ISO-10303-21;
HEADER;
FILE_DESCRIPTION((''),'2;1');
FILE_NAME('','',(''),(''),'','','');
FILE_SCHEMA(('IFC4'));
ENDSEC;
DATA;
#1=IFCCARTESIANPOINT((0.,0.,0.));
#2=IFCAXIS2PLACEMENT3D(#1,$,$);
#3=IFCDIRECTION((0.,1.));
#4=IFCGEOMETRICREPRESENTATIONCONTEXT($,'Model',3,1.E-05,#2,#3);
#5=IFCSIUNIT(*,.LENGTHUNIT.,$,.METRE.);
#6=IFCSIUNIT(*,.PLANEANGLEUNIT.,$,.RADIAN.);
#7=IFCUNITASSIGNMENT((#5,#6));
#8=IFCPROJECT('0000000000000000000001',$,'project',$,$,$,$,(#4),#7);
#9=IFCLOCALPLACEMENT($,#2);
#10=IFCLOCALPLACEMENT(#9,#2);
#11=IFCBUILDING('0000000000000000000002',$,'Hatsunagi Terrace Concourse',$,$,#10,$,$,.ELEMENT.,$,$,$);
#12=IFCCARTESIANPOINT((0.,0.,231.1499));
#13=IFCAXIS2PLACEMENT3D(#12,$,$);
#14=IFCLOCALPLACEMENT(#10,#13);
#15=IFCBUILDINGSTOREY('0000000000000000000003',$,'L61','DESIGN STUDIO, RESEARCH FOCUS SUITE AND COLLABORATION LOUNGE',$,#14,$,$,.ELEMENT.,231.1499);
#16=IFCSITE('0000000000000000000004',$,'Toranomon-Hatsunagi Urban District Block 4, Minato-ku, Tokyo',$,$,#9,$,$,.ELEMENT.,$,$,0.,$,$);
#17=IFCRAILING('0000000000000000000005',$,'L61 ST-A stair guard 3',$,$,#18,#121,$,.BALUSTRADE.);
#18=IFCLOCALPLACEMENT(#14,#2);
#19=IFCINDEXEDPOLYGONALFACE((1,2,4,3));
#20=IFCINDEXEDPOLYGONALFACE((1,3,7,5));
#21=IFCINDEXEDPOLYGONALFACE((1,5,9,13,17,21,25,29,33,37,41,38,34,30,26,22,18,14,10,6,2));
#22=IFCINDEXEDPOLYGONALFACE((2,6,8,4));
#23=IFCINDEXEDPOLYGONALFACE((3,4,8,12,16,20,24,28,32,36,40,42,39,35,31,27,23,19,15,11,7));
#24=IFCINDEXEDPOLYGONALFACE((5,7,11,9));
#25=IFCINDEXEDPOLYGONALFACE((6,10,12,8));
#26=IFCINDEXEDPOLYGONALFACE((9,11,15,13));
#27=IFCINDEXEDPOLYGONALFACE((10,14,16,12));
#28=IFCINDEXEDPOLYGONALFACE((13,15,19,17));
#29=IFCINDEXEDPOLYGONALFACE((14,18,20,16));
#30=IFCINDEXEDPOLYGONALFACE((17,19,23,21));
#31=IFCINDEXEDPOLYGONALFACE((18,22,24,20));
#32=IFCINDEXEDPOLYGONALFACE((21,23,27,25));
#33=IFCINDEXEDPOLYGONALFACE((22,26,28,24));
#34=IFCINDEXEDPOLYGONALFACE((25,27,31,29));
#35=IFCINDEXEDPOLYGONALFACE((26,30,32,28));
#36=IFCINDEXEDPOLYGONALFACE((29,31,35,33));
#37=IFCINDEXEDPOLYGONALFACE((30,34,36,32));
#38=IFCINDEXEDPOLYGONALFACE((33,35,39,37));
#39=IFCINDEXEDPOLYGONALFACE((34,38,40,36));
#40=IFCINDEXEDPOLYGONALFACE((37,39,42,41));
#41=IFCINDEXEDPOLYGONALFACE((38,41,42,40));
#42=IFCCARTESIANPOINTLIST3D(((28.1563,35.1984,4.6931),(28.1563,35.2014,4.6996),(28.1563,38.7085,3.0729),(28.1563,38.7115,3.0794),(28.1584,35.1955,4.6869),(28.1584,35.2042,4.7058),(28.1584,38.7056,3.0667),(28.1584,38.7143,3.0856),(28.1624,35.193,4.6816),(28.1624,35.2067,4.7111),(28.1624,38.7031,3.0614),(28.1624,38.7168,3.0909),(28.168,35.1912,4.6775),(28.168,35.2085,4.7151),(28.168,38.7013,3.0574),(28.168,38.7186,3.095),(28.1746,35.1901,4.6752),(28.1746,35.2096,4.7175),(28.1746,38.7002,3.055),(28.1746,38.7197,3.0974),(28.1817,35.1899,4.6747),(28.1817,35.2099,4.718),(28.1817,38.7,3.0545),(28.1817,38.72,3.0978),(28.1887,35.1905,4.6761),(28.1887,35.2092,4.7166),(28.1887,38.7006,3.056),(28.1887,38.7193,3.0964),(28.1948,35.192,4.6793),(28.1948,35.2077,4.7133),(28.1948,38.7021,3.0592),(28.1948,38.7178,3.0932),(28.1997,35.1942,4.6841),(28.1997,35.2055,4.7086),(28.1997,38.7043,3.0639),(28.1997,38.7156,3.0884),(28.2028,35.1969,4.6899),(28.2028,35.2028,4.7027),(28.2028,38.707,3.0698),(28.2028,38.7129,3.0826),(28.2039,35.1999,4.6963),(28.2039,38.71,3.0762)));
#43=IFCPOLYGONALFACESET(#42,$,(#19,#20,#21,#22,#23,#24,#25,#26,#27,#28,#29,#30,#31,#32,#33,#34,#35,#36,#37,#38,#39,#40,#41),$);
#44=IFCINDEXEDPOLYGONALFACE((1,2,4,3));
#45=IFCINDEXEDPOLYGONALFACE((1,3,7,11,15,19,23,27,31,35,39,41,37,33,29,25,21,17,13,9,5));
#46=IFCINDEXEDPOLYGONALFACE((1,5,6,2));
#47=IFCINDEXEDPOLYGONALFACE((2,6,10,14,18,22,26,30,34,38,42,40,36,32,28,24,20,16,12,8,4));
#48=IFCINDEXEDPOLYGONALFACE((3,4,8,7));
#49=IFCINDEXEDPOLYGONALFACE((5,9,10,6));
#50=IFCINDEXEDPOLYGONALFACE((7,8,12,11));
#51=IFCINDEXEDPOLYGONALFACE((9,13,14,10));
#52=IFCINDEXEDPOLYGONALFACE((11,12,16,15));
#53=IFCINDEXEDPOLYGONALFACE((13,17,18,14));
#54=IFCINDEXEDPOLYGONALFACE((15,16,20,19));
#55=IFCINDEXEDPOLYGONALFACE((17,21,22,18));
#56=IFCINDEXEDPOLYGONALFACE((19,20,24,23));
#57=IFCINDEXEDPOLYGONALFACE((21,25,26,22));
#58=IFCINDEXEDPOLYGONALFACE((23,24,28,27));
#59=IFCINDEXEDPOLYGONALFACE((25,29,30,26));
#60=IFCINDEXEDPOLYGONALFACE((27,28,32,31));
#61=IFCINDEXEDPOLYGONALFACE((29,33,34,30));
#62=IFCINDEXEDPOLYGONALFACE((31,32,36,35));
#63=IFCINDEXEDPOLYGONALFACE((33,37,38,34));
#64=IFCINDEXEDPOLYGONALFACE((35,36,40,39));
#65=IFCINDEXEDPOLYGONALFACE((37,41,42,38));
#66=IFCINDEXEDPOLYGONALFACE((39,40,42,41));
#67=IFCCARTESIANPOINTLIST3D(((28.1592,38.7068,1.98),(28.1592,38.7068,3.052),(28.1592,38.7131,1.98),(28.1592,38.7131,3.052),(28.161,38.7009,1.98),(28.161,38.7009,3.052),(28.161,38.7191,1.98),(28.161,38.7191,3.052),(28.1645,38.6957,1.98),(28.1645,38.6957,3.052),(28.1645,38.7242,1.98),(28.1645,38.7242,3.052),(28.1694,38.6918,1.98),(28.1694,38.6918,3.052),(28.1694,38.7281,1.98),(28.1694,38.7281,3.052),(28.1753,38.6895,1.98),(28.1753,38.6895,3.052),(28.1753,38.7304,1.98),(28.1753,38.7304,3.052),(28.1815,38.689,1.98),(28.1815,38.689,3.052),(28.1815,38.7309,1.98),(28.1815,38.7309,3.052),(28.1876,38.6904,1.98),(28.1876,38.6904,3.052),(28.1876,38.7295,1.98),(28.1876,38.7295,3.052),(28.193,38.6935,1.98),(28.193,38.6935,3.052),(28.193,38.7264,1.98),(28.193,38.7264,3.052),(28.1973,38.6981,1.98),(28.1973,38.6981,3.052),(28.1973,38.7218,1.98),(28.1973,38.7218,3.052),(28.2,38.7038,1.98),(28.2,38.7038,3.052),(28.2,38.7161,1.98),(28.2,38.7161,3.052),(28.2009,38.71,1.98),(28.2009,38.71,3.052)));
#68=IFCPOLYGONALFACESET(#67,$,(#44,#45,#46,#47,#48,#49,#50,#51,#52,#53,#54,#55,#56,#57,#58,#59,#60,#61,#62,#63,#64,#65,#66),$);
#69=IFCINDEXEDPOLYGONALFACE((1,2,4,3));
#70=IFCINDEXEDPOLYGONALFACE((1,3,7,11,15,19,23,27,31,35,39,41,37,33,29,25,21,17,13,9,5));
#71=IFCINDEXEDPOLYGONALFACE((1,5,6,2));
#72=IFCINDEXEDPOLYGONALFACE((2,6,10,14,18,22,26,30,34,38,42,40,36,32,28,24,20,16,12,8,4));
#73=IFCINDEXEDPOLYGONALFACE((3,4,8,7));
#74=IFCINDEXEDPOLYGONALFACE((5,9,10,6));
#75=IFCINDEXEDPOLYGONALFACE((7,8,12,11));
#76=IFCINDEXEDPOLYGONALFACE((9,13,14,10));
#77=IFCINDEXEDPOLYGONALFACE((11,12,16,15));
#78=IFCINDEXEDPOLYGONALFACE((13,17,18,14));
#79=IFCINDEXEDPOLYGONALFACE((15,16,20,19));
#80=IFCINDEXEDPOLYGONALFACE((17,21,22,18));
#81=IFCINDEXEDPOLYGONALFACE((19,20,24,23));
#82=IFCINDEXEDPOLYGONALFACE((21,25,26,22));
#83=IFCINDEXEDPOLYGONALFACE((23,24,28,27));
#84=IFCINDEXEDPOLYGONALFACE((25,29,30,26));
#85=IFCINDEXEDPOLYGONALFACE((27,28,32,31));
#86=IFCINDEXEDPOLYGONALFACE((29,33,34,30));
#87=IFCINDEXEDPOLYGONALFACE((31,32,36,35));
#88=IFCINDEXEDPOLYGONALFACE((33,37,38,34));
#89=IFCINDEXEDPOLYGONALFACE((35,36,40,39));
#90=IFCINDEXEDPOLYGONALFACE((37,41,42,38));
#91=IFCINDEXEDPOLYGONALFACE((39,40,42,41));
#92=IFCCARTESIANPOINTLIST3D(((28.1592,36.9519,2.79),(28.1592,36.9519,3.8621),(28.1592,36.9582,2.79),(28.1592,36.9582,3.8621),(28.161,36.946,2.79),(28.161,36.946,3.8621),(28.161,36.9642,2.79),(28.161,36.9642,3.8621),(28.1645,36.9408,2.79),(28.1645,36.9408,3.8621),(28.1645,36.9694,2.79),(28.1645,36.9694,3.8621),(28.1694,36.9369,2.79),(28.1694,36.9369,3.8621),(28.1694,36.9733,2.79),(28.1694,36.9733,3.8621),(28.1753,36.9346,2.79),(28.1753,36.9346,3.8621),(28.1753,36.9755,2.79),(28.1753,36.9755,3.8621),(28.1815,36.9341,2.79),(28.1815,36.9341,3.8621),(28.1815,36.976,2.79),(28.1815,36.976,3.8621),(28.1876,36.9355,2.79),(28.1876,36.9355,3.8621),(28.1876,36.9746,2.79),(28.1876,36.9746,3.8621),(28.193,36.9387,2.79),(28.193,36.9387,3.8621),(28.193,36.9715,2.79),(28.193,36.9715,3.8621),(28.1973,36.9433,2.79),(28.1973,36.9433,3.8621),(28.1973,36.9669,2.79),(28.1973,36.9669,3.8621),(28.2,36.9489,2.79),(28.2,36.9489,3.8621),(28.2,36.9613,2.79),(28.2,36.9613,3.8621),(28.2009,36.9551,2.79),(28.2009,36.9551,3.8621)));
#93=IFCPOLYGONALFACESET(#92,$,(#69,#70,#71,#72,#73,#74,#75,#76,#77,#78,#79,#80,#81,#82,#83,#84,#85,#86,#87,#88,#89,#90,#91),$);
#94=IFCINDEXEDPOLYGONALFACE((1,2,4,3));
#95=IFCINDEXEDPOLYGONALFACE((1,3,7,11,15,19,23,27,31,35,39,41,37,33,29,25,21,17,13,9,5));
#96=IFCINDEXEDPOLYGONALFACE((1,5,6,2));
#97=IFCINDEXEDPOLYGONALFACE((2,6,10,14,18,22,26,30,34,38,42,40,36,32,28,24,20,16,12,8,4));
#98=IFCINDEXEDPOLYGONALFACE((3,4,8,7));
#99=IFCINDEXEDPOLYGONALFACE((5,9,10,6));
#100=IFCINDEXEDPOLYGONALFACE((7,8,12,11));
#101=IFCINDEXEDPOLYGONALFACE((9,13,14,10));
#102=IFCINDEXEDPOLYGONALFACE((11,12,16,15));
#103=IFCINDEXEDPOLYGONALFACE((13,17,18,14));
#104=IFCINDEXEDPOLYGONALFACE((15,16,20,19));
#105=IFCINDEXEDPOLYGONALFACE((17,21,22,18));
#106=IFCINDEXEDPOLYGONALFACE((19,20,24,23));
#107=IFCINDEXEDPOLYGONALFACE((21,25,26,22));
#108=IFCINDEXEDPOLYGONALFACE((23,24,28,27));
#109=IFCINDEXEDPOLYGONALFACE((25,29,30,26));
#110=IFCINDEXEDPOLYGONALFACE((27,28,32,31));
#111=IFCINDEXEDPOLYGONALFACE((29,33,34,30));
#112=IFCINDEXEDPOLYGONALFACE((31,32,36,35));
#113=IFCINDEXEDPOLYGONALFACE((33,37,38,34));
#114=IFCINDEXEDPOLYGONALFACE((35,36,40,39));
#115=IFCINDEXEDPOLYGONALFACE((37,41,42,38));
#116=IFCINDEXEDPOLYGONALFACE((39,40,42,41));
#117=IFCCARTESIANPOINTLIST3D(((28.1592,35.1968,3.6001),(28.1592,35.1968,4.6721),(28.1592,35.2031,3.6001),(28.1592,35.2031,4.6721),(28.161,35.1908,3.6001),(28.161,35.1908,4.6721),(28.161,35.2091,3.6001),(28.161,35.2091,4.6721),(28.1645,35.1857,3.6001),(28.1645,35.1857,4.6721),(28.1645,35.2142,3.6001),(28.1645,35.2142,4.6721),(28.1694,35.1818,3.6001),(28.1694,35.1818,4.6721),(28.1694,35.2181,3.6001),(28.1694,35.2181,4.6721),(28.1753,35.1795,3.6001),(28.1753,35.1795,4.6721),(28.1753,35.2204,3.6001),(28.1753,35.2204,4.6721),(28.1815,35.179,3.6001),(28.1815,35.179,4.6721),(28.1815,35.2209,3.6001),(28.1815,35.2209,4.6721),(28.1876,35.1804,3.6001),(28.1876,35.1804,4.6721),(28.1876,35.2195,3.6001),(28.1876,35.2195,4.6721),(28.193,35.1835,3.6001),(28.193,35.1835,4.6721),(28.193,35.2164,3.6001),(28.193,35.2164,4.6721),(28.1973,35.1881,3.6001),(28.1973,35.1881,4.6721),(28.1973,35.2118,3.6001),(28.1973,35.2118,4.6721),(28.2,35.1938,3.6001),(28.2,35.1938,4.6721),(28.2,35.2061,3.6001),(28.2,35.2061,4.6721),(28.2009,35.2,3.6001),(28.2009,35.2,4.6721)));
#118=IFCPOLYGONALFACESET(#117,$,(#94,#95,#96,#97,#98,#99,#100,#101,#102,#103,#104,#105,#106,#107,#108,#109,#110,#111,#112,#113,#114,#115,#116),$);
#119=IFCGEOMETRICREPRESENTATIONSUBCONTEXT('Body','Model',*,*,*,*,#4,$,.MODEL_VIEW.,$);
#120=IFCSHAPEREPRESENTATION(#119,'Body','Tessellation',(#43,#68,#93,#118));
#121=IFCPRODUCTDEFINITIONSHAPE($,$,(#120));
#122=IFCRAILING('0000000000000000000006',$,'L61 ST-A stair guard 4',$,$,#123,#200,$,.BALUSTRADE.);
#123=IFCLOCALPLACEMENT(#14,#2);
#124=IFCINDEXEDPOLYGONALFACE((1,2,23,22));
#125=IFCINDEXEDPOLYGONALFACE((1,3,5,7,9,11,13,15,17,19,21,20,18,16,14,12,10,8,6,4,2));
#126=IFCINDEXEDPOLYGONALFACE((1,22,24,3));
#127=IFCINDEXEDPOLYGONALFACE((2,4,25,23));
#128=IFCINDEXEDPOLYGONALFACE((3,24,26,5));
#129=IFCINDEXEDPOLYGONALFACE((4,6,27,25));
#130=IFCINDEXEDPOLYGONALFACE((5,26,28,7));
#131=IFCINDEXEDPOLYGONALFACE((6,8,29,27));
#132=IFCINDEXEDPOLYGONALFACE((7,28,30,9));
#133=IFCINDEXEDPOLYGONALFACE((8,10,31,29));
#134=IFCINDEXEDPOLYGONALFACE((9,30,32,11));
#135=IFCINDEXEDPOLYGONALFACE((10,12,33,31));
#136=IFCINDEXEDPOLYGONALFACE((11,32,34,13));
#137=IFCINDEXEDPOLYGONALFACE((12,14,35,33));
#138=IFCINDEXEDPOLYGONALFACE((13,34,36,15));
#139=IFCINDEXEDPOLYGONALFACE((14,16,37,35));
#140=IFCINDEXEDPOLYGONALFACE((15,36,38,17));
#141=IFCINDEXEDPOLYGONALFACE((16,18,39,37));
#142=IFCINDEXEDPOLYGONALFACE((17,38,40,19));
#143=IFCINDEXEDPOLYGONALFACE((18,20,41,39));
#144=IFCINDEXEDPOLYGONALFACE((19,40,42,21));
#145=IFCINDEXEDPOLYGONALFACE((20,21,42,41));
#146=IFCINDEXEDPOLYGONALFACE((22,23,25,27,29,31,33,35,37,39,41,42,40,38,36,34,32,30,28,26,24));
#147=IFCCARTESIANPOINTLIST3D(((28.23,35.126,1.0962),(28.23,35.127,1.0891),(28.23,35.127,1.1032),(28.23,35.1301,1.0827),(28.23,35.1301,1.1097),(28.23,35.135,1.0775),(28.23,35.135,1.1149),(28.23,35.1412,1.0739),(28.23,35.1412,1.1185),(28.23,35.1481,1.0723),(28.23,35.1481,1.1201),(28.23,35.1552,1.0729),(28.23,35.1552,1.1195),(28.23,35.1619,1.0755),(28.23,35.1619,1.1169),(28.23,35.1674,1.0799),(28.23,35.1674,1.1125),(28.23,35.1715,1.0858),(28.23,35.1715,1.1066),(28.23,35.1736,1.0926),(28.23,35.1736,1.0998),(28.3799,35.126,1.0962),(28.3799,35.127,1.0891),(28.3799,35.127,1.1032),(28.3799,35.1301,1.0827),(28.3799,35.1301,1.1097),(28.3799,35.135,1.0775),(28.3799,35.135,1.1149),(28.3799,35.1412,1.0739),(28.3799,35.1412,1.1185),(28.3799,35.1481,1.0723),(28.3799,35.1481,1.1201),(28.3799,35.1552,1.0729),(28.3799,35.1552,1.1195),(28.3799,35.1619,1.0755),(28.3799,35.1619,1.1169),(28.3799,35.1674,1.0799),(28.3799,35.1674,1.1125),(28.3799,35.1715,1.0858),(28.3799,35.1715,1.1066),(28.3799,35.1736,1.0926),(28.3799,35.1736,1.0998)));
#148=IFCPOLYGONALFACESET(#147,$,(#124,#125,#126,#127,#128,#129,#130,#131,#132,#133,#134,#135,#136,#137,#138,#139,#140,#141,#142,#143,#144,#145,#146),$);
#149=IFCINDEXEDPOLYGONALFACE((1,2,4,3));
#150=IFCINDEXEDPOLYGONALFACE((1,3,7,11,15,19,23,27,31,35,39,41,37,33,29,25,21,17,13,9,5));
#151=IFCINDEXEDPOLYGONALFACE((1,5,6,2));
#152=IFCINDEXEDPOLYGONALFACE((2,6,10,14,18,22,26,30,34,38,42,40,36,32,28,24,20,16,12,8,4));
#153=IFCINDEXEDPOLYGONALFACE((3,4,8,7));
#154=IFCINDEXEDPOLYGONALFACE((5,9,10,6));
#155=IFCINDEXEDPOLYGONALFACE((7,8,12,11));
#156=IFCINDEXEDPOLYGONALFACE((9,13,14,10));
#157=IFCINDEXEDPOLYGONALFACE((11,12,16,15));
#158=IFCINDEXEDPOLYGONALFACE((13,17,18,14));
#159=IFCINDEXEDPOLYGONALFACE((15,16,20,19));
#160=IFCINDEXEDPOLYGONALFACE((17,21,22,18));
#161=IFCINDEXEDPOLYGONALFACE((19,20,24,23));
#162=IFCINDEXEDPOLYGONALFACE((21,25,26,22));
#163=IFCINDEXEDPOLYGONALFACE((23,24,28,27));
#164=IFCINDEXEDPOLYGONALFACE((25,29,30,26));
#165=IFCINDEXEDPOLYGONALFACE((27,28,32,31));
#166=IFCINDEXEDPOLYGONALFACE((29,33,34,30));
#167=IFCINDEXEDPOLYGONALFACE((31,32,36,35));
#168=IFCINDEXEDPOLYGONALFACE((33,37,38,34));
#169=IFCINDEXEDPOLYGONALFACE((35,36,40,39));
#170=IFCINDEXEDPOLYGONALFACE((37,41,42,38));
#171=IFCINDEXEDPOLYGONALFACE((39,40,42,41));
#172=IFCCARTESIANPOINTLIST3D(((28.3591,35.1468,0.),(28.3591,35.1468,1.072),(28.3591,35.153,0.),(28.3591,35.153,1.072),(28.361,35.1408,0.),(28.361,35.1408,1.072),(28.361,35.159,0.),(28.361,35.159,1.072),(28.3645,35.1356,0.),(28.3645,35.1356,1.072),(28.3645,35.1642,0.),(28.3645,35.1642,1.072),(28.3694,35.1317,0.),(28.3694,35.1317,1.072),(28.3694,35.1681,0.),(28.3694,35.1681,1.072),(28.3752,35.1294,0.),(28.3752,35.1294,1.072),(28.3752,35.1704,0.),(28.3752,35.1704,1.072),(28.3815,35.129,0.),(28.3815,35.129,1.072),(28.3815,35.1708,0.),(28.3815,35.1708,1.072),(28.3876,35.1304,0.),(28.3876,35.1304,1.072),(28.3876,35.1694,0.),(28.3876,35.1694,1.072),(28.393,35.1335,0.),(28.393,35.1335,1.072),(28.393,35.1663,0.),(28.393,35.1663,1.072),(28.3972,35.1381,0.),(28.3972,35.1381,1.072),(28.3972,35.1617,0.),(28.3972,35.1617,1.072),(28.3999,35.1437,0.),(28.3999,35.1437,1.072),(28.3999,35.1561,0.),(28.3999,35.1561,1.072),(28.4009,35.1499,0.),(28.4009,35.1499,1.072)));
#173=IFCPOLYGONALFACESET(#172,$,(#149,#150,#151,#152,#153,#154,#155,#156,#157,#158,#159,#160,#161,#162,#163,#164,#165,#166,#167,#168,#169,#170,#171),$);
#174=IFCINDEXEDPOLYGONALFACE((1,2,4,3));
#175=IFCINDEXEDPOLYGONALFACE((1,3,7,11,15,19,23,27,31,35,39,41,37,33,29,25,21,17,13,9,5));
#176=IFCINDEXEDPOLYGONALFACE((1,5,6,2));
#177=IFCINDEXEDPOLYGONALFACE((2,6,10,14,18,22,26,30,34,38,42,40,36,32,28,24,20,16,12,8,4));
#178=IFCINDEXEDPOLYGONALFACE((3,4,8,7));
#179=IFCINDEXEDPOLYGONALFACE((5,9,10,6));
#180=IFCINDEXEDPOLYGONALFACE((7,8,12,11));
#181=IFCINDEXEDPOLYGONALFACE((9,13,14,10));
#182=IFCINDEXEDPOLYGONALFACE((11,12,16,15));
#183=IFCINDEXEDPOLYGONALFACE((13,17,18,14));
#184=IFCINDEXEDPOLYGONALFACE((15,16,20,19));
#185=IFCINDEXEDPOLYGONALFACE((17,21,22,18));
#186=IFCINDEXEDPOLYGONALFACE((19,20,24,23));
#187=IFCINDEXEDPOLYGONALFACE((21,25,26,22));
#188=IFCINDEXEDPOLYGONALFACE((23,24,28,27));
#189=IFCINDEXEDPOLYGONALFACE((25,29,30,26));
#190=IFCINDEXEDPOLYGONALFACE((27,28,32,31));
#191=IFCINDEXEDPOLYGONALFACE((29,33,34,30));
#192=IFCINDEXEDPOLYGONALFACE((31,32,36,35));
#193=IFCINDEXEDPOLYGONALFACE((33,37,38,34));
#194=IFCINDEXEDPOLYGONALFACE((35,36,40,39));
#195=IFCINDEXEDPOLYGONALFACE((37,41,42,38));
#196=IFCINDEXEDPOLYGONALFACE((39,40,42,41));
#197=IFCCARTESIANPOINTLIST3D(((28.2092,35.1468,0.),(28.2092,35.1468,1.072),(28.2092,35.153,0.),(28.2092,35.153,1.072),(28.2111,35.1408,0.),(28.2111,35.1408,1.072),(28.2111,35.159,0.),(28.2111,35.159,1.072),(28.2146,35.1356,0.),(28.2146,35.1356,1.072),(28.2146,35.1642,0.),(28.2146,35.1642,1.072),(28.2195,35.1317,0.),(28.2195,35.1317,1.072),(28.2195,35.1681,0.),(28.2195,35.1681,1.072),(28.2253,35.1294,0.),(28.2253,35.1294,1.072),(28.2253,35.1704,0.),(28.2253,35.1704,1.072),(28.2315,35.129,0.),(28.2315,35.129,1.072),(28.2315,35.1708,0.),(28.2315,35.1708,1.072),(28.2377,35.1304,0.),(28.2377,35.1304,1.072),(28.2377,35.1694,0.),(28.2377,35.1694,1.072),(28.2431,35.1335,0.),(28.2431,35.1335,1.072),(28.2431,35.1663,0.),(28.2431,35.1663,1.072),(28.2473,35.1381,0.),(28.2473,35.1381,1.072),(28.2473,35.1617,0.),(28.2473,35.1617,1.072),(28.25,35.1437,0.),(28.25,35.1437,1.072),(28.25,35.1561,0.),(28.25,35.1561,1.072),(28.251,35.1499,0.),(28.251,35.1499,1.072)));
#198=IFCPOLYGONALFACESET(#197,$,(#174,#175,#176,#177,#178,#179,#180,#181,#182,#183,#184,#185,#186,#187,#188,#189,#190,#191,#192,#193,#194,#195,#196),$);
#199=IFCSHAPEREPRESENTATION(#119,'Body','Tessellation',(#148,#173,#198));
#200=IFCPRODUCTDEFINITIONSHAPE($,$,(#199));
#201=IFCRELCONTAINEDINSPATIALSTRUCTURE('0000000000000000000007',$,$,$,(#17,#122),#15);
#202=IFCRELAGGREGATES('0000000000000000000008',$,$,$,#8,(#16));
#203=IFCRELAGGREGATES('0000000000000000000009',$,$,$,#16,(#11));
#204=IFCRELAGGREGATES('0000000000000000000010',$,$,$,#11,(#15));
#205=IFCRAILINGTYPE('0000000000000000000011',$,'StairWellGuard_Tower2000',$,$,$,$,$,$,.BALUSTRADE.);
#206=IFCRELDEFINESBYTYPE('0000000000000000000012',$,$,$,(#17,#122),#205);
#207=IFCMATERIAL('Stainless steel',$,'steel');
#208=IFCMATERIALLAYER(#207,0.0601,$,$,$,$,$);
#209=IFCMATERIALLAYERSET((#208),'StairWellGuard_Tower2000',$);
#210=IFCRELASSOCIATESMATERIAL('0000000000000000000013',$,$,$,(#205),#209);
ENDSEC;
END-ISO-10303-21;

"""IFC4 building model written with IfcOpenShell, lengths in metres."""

from ifc_helpers import new_model, si_unit, direction, frame, origin, origin_2d, place, context, subcontext, project, spatial, circle, extrude, material, layer, layer_set, type_object, element, save


model = new_model("IFC4")

# Units and contexts
model_context = context("Model", 3, precision=1e-05, world=origin(), true_north=direction((0.0, 1.0)))
body_context = subcontext(model_context, "Body", "Model", "MODEL_VIEW")
ifc_project = project(units=[si_unit("LENGTHUNIT", "METRE"), si_unit("PLANEANGLEUNIT", "RADIAN")], contexts=[model_context])

# Site, building, storey
site_placement = place(None, origin())
site = spatial("IfcSite", under=ifc_project, at=site_placement, Name="Toranomon-Hatsunagi Urban District Block 4, Minato-ku, Tokyo", CompositionType="ELEMENT", RefElevation=0.0)
building_placement = place(site_placement, origin())
building = spatial("IfcBuilding", under=site, at=building_placement, Name="Hatsunagi Terrace Concourse", CompositionType="ELEMENT")
storey_placement = place(building_placement, frame((0.0, 0.0, 231.1499)))
storey = spatial("IfcBuildingStorey", under=building, at=storey_placement, Name="L61", Description="DESIGN STUDIO, RESEARCH FOCUS SUITE AND COLLABORATION LOUNGE", CompositionType="ELEMENT", Elevation=231.1499)

# Railings
ifc_material_1 = material(Name="Stainless steel", Category="steel")
ifc_layer_1 = layer(ifc_material_1, 0.0601)
ifc_layer_set_1 = layer_set([ifc_layer_1], Name="StairWellGuard_Tower2000")
railing_type_1 = type_object("IfcRailingType", Name="StairWellGuard_Tower2000", PredefinedType="BALUSTRADE", material=ifc_layer_set_1)
railing_1_placement = place(storey_placement, frame((28.1799, 38.71, 1.98)))
element("IfcRailing", 1, at=railing_1_placement, inside=storey, type_object=railing_type_1, Name="L61 ST-A stair guard 3", PredefinedType="BALUSTRADE", context=body_context, shape_type="SweptSolid", body=[
    extrude(circle(Radius=0.0239, at=origin_2d()), frame((0.0, 0.0, 1.0962), z_axis=(0.0, -0.907948, 0.419082), x_axis=(1.0, 0.0, 0.0)), (0.0, 0.0, 1.0), 3.866),
    extrude(circle(Radius=0.021, at=origin_2d()), origin(), (0.0, 0.0, 1.0), 1.072),
    extrude(circle(Radius=0.021, at=origin_2d()), frame((0.0, -1.7549, 0.8101)), (0.0, 0.0, 1.0), 1.072),
    extrude(circle(Radius=0.021, at=origin_2d()), frame((0.0, -3.51, 1.6201)), (0.0, 0.0, 1.0), 1.072),
])
railing_2_placement = place(storey_placement, frame((28.3799, 35.1499, 0.0)))
element("IfcRailing", 2, at=railing_2_placement, inside=storey, type_object=railing_type_1, Name="L61 ST-A stair guard 4", PredefinedType="BALUSTRADE", context=body_context, shape_type="SweptSolid", body=[
    extrude(circle(Radius=0.0239, at=origin_2d()), frame((0.0, 0.0, 1.0962), z_axis=(-1.0, 0.0, 0.0), x_axis=(0.0, -1.0, 0.0)), (0.0, 0.0, 1.0), 0.1499),
    extrude(circle(Radius=0.021, at=origin_2d()), origin(), (0.0, 0.0, 1.0), 1.072),
    extrude(circle(Radius=0.021, at=origin_2d()), frame((-0.1499, 0.0, 0.0)), (0.0, 0.0, 1.0), 1.072),
])

save(model, "model.ifc")
